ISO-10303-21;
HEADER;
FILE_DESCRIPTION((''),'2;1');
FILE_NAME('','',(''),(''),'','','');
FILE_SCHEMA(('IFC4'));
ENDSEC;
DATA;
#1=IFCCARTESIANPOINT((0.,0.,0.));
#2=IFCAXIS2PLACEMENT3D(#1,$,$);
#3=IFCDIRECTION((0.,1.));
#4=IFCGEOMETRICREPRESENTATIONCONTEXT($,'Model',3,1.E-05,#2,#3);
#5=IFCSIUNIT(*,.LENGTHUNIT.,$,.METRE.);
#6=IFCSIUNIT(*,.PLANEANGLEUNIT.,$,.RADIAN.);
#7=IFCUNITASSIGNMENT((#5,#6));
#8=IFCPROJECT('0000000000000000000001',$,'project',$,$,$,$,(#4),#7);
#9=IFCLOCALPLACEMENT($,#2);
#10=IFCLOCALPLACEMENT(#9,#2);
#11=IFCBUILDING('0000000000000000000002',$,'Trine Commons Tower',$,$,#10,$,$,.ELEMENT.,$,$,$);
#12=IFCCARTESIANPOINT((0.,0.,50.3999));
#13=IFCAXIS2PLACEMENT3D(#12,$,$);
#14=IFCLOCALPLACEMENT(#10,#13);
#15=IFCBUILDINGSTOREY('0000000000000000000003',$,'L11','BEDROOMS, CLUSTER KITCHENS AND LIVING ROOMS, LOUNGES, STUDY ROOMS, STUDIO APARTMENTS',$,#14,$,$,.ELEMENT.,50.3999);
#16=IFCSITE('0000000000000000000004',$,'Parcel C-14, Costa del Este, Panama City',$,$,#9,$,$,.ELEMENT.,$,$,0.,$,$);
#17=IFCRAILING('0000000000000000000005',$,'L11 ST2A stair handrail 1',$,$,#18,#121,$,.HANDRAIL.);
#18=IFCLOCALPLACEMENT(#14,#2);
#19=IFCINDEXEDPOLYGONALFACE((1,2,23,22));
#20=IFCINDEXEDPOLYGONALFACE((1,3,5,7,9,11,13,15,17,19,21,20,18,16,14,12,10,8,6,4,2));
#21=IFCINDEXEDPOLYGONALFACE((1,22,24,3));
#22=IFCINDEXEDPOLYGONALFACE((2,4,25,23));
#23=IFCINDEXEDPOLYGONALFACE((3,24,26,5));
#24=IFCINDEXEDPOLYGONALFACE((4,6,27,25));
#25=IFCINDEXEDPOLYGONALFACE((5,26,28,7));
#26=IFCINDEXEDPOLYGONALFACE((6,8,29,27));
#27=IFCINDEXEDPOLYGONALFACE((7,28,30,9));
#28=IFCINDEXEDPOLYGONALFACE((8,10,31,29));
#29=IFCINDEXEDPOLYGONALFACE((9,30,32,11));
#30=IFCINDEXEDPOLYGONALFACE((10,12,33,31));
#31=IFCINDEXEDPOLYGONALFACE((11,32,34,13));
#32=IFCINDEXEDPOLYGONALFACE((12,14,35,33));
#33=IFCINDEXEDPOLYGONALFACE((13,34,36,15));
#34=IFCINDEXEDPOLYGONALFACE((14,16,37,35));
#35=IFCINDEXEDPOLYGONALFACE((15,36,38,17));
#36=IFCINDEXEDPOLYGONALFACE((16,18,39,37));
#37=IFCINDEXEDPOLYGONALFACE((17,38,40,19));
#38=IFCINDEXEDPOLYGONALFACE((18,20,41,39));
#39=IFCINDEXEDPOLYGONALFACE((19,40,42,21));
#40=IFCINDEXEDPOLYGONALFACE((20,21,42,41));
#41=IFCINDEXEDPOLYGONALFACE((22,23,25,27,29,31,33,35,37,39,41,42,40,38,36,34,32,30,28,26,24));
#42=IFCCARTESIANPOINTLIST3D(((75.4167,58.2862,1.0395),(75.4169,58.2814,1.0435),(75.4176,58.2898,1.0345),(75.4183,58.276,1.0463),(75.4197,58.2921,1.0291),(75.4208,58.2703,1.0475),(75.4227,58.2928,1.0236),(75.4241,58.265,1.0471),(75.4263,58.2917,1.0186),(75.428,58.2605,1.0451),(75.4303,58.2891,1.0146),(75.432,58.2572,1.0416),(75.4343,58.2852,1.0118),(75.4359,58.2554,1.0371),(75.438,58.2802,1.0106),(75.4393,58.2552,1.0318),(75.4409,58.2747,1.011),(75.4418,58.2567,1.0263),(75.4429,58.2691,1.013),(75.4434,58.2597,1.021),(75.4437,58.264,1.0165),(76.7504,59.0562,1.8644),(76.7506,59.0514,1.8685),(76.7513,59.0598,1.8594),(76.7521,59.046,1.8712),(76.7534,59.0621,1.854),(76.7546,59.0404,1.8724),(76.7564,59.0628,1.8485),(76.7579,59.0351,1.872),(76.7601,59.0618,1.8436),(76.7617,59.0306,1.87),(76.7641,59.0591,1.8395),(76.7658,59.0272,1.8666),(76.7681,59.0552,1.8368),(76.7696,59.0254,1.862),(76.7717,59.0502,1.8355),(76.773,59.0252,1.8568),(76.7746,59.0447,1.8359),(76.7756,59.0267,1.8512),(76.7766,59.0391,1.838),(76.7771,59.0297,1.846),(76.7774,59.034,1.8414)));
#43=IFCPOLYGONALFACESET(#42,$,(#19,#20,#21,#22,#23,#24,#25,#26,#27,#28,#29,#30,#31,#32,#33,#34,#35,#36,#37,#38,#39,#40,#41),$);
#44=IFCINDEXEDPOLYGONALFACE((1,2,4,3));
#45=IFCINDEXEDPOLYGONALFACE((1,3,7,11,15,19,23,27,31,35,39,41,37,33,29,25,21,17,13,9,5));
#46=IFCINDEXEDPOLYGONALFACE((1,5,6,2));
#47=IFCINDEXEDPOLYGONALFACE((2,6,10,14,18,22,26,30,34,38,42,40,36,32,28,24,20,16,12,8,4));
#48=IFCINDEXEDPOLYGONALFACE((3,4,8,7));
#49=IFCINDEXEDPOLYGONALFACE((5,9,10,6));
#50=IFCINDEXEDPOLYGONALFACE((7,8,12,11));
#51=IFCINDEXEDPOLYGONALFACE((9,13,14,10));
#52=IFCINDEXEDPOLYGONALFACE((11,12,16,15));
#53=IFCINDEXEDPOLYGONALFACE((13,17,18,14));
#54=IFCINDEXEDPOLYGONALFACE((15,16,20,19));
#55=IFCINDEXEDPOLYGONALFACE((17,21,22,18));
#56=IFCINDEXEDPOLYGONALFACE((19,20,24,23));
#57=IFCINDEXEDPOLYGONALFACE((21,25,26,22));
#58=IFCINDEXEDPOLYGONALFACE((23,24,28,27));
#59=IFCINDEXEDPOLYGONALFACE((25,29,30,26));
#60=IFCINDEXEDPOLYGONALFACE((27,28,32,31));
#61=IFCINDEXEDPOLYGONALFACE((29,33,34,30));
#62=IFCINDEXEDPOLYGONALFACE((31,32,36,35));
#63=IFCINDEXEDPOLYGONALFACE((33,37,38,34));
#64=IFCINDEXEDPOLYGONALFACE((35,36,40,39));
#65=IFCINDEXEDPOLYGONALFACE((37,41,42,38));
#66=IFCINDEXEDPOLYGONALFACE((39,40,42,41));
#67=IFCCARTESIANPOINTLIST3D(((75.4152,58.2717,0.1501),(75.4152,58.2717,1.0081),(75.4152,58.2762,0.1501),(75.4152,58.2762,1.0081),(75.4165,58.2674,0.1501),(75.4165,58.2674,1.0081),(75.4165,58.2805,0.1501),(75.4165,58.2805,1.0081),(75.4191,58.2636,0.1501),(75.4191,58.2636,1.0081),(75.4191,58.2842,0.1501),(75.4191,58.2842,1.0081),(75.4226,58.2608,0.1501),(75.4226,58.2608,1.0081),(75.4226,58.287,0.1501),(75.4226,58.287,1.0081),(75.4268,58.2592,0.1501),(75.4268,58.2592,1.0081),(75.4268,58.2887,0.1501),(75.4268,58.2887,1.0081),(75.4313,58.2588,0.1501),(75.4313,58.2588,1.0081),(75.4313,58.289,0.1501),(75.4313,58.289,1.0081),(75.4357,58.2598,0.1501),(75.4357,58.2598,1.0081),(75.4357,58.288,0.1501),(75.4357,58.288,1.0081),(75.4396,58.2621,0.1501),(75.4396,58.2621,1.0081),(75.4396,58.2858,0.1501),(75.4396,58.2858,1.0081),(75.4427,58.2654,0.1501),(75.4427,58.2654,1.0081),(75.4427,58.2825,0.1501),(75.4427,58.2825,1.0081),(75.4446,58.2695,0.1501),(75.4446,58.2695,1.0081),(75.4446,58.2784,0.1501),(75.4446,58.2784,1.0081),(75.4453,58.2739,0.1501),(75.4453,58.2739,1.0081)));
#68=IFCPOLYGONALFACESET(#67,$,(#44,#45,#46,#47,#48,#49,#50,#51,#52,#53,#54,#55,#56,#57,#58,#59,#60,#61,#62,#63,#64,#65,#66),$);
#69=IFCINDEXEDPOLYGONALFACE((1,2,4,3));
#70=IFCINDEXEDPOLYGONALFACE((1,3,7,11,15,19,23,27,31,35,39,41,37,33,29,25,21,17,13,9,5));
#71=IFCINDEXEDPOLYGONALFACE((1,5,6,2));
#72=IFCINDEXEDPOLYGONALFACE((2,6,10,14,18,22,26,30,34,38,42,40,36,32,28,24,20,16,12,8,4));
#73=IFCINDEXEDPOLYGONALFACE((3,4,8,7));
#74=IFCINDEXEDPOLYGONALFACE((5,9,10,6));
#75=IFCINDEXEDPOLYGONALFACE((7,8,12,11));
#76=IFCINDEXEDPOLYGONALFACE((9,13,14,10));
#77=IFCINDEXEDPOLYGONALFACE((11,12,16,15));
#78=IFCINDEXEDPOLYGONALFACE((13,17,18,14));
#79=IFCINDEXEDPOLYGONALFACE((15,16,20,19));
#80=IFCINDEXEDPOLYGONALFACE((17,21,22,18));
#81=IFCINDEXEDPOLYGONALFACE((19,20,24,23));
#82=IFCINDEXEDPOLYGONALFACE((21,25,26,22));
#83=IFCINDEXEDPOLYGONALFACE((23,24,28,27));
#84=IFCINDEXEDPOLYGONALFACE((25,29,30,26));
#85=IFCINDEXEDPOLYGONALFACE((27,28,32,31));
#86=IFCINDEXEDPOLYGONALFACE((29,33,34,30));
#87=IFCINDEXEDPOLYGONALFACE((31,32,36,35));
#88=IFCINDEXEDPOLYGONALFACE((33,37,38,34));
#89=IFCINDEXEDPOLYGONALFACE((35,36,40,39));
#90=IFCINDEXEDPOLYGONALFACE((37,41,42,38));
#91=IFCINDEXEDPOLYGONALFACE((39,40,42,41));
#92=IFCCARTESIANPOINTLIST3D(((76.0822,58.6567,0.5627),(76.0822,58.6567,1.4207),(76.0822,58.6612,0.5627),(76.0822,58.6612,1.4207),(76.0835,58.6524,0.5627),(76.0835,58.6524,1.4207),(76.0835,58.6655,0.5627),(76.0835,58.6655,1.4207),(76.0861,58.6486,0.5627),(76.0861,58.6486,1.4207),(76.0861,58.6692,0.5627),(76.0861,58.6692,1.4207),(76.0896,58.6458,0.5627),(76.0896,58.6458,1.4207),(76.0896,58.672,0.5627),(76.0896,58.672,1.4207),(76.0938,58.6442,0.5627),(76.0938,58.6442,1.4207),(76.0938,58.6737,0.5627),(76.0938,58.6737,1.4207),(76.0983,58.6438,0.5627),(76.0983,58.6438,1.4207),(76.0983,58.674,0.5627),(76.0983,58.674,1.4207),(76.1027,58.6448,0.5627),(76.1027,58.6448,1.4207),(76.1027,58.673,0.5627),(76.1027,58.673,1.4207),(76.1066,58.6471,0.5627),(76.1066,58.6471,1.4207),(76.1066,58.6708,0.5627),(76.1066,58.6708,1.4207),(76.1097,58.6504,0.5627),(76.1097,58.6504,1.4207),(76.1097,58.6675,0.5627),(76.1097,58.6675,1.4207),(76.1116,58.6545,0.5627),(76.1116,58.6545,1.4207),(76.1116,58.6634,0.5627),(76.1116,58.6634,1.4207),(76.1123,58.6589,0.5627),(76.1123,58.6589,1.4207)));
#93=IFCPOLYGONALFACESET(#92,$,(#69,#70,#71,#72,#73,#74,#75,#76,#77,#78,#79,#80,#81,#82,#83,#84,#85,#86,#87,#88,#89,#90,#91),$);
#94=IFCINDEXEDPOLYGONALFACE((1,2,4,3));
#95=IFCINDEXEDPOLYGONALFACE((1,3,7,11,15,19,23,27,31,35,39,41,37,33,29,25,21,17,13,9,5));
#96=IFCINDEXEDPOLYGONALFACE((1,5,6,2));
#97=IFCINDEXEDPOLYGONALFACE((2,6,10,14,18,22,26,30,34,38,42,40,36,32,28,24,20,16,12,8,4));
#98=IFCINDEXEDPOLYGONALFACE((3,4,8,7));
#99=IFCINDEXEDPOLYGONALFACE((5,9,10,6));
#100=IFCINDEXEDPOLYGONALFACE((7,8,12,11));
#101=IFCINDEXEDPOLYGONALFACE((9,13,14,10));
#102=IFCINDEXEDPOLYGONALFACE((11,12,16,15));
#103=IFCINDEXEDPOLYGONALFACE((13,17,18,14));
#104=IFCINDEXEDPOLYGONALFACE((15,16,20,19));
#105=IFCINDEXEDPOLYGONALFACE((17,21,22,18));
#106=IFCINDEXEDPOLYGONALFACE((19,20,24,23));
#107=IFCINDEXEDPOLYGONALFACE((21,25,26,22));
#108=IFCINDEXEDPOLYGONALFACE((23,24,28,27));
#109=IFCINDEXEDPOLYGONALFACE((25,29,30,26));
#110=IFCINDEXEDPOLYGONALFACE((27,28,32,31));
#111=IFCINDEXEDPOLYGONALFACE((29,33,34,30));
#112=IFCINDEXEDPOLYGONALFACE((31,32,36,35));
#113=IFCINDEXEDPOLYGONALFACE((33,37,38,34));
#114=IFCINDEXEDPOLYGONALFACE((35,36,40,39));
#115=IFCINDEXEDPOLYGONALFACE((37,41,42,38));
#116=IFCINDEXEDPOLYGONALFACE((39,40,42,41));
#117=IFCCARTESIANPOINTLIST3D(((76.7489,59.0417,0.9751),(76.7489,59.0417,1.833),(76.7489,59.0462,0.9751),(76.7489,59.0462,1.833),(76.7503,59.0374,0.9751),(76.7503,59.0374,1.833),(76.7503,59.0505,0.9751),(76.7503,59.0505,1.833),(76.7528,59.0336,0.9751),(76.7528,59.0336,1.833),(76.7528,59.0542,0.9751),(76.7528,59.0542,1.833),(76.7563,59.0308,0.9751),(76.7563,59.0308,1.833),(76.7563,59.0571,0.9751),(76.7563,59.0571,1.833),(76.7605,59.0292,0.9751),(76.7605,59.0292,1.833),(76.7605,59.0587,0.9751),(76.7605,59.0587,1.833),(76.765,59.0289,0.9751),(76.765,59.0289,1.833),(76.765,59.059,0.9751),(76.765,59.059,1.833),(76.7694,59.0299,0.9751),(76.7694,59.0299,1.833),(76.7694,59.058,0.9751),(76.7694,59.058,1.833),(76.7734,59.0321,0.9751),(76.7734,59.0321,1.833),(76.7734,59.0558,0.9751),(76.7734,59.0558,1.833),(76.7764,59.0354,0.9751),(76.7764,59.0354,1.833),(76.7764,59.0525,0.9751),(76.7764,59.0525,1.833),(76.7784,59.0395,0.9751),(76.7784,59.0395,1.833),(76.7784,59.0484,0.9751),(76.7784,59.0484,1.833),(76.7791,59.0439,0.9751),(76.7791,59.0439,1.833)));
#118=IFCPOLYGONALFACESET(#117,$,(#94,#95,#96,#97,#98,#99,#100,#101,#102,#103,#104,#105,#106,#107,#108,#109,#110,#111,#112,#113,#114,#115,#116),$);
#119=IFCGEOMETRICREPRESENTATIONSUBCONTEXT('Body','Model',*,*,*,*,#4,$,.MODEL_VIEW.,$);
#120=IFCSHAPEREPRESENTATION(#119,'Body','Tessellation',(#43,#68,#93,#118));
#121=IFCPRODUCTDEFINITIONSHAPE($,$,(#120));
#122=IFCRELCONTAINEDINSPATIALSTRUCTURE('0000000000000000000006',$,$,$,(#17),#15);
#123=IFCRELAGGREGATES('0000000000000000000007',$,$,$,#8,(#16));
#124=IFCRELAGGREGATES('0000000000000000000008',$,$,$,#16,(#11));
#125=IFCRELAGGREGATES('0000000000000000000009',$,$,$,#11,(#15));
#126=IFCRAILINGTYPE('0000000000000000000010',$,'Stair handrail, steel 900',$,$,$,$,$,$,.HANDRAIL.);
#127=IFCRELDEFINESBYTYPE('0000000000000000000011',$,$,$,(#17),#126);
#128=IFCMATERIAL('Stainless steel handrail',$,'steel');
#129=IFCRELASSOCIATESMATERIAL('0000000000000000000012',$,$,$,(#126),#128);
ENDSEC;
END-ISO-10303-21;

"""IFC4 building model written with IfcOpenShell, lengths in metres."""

from ifc_helpers import new_model, si_unit, direction, frame, origin, origin_2d, place, context, subcontext, project, spatial, circle, extrude, material, type_object, element, save


model = new_model("IFC4")

# Units and contexts
model_context = context("Model", 3, precision=1e-05, world=origin(), true_north=direction((0.0, 1.0)))
body_context = subcontext(model_context, "Body", "Model", "MODEL_VIEW")
ifc_project = project(units=[si_unit("LENGTHUNIT", "METRE"), si_unit("PLANEANGLEUNIT", "RADIAN")], contexts=[model_context])

# Site, building, storey
site_placement = place(None, origin())
site = spatial("IfcSite", under=ifc_project, at=site_placement, Name="Parcel C-14, Costa del Este, Panama City", CompositionType="ELEMENT", RefElevation=0.0)
building_placement = place(site_placement, origin())
building = spatial("IfcBuilding", under=site, at=building_placement, Name="Trine Commons Tower", CompositionType="ELEMENT")
storey_placement = place(building_placement, frame((0.0, 0.0, 50.3999)))
storey = spatial("IfcBuildingStorey", under=building, at=storey_placement, Name="L11", Description="BEDROOMS, CLUSTER KITCHENS AND LIVING ROOMS, LOUNGES, STUDY ROOMS, STUDIO APARTMENTS", CompositionType="ELEMENT", Elevation=50.3999)

# Railing
ifc_material_1 = material(Name="Stainless steel handrail", Category="steel")
railing_type = type_object("IfcRailingType", Name="Stair handrail, steel 900", PredefinedType="HANDRAIL", material=ifc_material_1)
railing_placement = place(storey_placement, frame((75.4302, 58.2739, 0.1501)))
element("IfcRailing", 1, at=railing_placement, inside=storey, type_object=railing_type, Name="L11 ST2A stair handrail 1", PredefinedType="HANDRAIL", context=body_context, shape_type="SweptSolid", body=[
    extrude(circle(Radius=0.021, at=origin_2d()), frame((0.0, 0.0, 0.8789), z_axis=(0.763405, 0.440743, 0.472185), x_axis=(-0.499992, 0.86603, 0.0)), (0.0, 0.0, 1.0), 1.7471),
    extrude(circle(Radius=0.0151, at=origin_2d()), origin(), (0.0, 0.0, 1.0), 0.8579),
    extrude(circle(Radius=0.0151, at=origin_2d()), frame((0.667, 0.385, 0.4126)), (0.0, 0.0, 1.0), 0.8579),
    extrude(circle(Radius=0.0151, at=origin_2d()), frame((1.3337, 0.77, 0.825)), (0.0, 0.0, 1.0), 0.8579),
])

save(model, "model.ifc")
